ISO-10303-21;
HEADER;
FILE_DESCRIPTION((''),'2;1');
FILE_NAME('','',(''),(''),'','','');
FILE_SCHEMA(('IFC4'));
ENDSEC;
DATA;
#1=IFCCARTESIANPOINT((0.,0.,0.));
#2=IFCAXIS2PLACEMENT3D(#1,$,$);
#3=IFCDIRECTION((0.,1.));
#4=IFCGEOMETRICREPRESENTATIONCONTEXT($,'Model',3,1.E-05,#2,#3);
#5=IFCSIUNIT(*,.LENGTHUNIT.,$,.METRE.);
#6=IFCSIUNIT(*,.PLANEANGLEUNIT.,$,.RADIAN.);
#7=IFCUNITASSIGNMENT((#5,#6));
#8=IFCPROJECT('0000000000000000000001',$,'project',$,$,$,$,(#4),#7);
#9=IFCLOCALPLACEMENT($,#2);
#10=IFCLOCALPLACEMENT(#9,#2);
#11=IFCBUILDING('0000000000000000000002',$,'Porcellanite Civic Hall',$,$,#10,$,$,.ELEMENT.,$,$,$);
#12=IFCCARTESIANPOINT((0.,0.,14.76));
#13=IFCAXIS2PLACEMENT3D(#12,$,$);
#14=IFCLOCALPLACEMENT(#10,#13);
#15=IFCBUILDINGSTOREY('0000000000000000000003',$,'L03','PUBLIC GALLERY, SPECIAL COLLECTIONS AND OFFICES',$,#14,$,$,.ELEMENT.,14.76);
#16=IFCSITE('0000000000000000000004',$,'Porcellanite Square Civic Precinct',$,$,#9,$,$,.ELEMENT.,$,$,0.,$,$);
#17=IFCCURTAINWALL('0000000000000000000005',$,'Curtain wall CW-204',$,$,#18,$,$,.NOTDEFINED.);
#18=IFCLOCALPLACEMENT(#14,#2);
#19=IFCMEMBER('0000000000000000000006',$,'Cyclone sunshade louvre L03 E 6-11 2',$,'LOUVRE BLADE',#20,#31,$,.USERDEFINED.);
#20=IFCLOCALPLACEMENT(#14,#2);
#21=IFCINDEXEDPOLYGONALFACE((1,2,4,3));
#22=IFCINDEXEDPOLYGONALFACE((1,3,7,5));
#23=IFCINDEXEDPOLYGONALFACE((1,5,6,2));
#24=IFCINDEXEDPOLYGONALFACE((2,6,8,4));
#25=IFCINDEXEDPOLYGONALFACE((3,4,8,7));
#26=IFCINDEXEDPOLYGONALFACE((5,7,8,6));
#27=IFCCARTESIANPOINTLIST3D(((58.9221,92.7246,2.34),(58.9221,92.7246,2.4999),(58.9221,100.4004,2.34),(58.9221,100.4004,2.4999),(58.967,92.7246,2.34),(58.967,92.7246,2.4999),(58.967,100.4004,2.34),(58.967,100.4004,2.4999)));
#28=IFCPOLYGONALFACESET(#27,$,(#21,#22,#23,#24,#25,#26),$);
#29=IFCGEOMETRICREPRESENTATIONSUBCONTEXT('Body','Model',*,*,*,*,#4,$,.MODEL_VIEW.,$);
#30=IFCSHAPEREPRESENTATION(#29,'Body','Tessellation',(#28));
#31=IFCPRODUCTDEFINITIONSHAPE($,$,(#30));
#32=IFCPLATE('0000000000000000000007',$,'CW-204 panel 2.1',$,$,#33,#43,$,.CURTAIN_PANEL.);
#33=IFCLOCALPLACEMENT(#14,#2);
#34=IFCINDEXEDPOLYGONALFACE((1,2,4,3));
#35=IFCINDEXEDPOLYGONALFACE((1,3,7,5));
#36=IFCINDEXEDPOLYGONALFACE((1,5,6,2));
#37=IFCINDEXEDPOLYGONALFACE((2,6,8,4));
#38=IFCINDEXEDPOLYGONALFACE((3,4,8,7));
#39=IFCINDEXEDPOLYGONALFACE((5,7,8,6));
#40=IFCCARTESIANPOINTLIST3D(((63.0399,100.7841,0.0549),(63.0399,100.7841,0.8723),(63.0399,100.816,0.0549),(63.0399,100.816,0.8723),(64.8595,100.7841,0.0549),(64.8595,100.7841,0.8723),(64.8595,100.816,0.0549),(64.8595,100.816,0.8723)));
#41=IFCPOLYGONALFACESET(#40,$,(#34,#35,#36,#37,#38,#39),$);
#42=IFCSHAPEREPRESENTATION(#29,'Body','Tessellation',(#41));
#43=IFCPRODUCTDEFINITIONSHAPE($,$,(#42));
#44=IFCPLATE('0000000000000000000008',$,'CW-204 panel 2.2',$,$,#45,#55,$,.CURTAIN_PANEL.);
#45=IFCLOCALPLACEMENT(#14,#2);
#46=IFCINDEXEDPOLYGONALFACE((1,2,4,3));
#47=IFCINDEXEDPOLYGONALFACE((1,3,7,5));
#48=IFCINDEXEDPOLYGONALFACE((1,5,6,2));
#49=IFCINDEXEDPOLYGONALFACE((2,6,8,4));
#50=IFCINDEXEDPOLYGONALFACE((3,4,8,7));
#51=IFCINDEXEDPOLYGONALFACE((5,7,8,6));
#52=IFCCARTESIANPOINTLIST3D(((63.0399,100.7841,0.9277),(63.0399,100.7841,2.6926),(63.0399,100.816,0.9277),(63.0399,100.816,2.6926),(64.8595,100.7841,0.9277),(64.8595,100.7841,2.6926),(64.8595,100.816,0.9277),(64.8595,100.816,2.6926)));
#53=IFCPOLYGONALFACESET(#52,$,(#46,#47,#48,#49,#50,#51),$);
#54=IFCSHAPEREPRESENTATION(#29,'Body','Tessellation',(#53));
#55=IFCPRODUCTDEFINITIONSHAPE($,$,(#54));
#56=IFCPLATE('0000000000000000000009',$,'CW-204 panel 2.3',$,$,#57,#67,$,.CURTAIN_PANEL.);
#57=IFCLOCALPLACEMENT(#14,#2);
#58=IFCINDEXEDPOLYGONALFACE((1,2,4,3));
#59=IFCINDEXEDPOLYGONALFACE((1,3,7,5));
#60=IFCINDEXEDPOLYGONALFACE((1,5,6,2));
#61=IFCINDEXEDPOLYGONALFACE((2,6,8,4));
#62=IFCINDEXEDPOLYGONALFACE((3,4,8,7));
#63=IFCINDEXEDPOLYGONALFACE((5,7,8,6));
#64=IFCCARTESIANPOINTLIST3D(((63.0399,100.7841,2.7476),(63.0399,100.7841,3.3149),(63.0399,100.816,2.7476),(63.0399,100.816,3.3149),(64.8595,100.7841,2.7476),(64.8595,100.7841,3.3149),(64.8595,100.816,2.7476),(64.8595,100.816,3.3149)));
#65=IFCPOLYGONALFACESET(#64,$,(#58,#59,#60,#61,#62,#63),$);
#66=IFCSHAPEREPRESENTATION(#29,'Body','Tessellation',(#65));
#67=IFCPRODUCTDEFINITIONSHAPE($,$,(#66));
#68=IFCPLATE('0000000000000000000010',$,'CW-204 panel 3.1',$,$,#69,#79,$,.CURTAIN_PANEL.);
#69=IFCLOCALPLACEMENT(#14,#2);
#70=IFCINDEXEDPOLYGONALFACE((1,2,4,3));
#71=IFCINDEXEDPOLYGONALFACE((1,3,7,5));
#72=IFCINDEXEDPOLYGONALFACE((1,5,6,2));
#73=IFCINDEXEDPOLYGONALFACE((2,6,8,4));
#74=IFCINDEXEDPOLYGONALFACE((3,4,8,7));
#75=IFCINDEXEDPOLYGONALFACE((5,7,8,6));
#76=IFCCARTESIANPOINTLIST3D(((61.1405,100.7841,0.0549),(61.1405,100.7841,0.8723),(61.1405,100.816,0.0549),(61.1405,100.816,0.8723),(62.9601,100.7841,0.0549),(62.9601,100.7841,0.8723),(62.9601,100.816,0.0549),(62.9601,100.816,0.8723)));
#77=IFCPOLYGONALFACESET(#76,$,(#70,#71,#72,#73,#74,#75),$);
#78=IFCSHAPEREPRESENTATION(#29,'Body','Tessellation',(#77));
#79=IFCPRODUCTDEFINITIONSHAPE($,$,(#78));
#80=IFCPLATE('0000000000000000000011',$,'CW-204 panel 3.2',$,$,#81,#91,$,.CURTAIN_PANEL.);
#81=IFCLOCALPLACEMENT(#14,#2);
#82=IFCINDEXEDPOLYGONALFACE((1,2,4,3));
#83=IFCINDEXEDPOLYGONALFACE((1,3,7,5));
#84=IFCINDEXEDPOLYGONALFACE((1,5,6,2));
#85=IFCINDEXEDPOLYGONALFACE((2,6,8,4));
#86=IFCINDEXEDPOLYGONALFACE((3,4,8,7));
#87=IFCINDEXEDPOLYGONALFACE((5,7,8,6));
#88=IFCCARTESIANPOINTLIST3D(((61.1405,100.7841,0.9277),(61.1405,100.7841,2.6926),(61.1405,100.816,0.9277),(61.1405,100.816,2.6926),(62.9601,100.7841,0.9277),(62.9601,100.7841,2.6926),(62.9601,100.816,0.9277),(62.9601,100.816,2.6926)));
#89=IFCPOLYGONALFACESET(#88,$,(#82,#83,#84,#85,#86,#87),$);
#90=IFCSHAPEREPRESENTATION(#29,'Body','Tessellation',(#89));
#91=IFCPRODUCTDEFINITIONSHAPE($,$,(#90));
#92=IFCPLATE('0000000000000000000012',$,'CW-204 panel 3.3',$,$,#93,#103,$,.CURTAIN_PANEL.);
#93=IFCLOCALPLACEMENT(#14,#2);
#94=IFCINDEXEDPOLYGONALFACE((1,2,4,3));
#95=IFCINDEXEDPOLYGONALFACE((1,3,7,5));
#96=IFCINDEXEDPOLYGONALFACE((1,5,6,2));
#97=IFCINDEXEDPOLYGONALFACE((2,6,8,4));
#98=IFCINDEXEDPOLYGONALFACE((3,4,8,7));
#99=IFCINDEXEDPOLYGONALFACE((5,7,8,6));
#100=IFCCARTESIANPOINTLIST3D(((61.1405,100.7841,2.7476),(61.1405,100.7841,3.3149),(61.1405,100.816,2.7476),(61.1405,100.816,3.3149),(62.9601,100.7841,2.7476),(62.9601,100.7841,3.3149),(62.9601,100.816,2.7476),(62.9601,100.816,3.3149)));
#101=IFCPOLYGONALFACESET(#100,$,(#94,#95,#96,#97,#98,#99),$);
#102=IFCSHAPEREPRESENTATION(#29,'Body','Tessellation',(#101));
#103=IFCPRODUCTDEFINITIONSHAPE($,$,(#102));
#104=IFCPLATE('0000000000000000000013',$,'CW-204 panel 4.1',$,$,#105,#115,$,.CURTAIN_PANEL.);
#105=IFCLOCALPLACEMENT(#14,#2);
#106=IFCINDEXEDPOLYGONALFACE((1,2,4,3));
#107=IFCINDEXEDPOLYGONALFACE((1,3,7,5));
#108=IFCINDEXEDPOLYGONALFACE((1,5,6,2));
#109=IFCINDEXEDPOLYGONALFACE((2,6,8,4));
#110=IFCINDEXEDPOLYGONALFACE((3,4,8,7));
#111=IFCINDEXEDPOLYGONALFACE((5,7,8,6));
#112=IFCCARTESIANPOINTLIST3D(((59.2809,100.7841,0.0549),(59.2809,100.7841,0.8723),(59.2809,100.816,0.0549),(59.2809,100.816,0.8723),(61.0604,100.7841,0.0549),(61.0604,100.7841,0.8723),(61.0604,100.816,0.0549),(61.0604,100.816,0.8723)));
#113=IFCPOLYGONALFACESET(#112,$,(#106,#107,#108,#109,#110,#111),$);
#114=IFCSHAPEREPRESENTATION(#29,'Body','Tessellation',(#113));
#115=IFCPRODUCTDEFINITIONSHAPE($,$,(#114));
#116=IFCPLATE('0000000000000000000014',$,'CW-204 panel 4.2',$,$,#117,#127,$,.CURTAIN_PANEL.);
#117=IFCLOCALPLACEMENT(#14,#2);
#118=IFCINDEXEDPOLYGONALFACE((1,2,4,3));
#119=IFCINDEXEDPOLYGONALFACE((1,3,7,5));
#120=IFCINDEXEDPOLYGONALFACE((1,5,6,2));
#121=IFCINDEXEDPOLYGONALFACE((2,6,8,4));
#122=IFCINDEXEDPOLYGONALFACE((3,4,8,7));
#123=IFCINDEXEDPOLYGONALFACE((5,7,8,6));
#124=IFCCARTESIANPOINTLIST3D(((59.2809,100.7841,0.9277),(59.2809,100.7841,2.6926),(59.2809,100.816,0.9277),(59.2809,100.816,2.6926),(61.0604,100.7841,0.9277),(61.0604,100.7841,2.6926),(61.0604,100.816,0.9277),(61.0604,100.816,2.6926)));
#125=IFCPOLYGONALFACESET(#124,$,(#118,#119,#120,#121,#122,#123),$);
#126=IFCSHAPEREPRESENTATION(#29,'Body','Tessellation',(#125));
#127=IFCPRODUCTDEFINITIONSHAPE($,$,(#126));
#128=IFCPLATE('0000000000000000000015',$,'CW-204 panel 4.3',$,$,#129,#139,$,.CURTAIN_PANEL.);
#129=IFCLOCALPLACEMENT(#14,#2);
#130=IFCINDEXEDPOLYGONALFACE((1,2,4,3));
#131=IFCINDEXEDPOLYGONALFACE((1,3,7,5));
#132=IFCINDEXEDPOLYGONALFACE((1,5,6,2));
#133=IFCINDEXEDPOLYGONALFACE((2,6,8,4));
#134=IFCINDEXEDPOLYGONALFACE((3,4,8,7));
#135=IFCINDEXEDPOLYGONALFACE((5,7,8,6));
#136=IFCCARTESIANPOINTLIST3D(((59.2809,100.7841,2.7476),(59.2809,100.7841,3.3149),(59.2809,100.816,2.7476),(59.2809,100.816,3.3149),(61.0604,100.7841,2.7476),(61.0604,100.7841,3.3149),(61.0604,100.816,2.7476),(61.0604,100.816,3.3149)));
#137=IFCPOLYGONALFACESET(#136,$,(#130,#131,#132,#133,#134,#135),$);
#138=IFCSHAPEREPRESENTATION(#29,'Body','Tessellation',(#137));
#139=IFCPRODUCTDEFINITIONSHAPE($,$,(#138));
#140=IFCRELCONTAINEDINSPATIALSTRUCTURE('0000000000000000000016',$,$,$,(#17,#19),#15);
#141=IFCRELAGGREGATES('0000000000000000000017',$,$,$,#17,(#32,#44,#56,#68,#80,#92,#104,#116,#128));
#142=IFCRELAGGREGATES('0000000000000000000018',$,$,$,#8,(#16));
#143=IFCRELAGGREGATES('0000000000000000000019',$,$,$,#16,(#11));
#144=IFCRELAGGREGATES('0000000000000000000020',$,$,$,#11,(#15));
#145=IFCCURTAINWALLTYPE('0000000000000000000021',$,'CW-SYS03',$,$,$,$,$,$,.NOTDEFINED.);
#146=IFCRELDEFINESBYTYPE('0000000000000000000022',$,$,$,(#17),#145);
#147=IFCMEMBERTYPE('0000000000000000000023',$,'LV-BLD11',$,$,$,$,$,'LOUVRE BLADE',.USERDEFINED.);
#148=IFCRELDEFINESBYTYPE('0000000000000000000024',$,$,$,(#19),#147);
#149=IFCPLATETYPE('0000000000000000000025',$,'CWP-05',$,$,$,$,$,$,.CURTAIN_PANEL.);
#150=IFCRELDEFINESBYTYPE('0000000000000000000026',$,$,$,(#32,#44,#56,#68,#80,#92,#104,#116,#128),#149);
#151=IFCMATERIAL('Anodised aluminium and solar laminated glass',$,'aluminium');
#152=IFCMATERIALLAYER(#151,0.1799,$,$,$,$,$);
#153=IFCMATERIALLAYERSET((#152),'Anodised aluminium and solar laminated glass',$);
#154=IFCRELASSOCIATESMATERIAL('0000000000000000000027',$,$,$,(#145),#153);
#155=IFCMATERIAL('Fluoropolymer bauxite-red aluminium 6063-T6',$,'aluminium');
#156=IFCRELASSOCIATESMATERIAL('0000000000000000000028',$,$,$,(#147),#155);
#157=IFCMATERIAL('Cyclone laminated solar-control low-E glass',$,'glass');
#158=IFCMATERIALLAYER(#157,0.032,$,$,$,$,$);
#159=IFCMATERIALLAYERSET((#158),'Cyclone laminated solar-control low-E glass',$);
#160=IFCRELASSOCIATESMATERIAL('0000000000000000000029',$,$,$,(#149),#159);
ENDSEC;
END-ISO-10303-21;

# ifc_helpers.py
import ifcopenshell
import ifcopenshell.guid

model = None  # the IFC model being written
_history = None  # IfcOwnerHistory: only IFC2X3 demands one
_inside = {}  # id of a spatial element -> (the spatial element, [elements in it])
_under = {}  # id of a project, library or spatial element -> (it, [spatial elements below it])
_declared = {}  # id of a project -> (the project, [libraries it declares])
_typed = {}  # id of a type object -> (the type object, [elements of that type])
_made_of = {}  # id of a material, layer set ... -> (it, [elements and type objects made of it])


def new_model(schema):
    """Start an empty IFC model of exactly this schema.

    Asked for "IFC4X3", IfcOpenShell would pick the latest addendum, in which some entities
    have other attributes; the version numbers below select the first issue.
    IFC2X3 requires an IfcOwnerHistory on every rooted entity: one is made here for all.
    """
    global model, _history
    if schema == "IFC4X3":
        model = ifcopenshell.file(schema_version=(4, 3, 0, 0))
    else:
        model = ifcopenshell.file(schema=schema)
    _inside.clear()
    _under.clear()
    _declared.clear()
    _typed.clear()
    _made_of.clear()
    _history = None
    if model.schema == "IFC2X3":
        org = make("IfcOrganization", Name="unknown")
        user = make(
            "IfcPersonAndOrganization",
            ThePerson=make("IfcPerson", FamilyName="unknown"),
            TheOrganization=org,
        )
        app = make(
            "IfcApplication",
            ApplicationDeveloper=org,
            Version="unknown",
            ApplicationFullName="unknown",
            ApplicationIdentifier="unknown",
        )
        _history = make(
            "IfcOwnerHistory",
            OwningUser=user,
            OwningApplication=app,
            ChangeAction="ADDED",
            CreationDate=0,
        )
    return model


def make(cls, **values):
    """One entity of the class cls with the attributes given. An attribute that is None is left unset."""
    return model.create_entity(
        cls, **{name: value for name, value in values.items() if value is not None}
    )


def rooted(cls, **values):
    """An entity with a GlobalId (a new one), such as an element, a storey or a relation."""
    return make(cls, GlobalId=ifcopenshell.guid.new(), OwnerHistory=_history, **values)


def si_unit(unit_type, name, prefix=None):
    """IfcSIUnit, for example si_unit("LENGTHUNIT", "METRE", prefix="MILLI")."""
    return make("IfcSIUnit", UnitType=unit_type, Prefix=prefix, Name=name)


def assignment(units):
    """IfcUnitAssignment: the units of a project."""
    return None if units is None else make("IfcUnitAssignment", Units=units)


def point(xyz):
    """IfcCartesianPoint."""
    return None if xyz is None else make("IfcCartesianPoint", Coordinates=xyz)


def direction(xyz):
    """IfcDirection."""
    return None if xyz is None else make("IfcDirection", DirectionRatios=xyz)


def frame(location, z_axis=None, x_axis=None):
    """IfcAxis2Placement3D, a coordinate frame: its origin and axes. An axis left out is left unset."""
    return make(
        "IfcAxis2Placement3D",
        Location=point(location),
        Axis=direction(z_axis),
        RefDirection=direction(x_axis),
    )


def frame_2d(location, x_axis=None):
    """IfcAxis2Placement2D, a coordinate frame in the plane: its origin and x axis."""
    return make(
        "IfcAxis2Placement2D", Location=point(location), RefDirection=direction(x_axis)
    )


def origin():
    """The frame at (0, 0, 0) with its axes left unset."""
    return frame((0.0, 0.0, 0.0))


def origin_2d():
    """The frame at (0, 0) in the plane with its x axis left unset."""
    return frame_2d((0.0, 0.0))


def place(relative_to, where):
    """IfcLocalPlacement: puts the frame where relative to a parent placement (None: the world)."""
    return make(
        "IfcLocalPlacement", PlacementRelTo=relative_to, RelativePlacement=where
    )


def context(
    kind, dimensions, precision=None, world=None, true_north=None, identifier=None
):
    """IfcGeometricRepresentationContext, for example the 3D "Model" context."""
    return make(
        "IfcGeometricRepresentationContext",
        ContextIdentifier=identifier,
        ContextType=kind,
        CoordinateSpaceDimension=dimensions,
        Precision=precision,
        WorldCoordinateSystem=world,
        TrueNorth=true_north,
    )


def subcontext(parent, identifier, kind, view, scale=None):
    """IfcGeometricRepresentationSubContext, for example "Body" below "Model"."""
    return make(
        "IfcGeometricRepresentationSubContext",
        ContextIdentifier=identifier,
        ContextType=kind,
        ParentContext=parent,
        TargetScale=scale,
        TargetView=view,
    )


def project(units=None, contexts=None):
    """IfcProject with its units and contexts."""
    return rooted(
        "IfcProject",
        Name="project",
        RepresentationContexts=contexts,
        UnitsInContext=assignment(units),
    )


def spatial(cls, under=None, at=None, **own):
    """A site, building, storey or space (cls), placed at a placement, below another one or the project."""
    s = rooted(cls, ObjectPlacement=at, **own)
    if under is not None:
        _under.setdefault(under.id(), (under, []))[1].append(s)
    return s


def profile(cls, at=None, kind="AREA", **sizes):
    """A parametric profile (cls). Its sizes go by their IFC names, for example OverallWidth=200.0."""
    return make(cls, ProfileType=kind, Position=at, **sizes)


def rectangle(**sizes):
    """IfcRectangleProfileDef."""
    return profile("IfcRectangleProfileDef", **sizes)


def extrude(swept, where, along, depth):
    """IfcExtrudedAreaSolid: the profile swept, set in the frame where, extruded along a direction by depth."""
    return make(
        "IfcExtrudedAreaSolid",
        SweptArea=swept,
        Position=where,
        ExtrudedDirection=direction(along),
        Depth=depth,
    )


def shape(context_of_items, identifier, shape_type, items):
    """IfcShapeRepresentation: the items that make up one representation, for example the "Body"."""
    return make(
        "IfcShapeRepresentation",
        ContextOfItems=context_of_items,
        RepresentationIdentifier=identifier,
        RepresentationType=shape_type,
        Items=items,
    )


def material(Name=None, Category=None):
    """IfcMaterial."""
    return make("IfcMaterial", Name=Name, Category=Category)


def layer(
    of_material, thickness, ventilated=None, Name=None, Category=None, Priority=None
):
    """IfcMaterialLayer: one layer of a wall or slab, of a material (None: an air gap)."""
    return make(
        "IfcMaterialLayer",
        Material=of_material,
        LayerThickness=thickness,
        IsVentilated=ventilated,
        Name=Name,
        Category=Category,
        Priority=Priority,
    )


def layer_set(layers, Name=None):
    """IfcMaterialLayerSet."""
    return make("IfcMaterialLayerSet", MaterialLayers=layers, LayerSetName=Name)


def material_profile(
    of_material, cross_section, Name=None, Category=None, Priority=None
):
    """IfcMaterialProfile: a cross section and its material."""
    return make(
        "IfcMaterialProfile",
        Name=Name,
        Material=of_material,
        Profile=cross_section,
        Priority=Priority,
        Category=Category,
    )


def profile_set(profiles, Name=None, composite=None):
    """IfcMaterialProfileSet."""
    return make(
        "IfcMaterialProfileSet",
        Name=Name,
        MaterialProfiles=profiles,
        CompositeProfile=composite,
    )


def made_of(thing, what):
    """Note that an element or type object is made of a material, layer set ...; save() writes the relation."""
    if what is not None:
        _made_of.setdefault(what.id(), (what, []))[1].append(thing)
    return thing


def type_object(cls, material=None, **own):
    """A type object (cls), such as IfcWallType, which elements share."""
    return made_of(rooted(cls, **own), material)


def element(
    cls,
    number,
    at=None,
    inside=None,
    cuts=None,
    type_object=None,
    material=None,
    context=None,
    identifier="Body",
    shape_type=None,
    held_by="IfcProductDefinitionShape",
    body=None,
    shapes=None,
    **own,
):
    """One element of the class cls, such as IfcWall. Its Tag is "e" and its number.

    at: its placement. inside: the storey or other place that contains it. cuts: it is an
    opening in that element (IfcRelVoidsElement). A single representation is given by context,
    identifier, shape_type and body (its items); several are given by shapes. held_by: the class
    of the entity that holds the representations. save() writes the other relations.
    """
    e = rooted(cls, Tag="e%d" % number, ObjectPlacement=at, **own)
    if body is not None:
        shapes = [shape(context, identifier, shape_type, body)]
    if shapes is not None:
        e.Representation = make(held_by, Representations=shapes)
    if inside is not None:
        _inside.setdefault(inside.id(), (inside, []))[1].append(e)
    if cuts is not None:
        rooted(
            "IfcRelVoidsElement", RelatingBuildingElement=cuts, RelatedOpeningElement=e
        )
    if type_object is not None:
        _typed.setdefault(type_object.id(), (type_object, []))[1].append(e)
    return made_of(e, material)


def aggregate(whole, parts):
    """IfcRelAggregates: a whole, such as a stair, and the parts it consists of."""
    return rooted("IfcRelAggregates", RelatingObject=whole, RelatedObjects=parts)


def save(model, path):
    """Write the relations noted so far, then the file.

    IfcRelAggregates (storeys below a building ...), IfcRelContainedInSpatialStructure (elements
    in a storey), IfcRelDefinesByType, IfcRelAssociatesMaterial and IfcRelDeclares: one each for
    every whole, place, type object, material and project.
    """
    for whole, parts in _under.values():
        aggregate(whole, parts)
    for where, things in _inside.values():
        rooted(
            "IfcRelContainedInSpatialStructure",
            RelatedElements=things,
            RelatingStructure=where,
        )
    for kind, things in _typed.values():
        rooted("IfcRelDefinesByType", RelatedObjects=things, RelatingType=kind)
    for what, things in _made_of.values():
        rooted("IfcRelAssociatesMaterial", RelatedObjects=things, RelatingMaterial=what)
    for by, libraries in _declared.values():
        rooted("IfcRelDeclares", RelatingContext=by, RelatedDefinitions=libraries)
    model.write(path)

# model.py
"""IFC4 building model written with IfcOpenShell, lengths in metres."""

from ifc_helpers import new_model, si_unit, direction, frame, origin, origin_2d, place, context, subcontext, project, spatial, rectangle, extrude, material, layer, layer_set, material_profile, profile_set, type_object, element, aggregate, save


model = new_model("IFC4")

# Units and contexts
model_context = context("Model", 3, precision=1e-05, world=origin(), true_north=direction((0.0, 1.0)))
body_context = subcontext(model_context, "Body", "Model", "MODEL_VIEW")
ifc_project = project(units=[si_unit("LENGTHUNIT", "METRE"), si_unit("PLANEANGLEUNIT", "RADIAN")], contexts=[model_context])

# Site, building, storey
site_placement = place(None, origin())
site = spatial("IfcSite", under=ifc_project, at=site_placement, Name="Porcellanite Square Civic Precinct", CompositionType="ELEMENT", RefElevation=0.0)
building_placement = place(site_placement, origin())
building = spatial("IfcBuilding", under=site, at=building_placement, Name="Porcellanite Civic Hall", CompositionType="ELEMENT")
storey_placement = place(building_placement, frame((0.0, 0.0, 14.76)))
storey = spatial("IfcBuildingStorey", under=building, at=storey_placement, Name="L03", Description="PUBLIC GALLERY, SPECIAL COLLECTIONS AND OFFICES", CompositionType="ELEMENT", Elevation=14.76)

# Curtain wall
ifc_material_1 = material(Name="Anodised aluminium and solar laminated glass", Category="aluminium")
ifc_layer_1 = layer(ifc_material_1, 0.1799)
ifc_layer_set_1 = layer_set([ifc_layer_1], Name="Anodised aluminium and solar laminated glass")
curtain_wall_type = type_object("IfcCurtainWallType", Name="CW-SYS03", PredefinedType="NOTDEFINED", material=ifc_layer_set_1)
curtain_wall_placement = place(storey_placement, origin())
curtain_wall = element("IfcCurtainWall", 1, at=curtain_wall_placement, inside=storey, type_object=curtain_wall_type, Name="Curtain wall CW-204", PredefinedType="NOTDEFINED")

# Member
ifc_material_2 = material(Name="Fluoropolymer bauxite-red aluminium 6063-T6", Category="aluminium")
ifc_material_profile_1 = material_profile(ifc_material_2, rectangle(XDim=0.0449, YDim=0.1599, at=origin_2d()), Name="AL-45x160")
ifc_profile_set_1 = profile_set([ifc_material_profile_1], Name="Fluoropolymer bauxite-red aluminium 6063-T6")
member_type_1 = type_object("IfcMemberType", Name="LV-BLD11", ElementType="LOUVRE BLADE", PredefinedType="USERDEFINED", material=ifc_profile_set_1)
member_1_placement = place(storey_placement, frame((58.9446, 100.4004, 2.4199), z_axis=(0.0, -1.0, 0.0), x_axis=(1.0, 0.0, 0.0)))
element("IfcMember", 2, at=member_1_placement, inside=storey, type_object=member_type_1, Name="Cyclone sunshade louvre L03 E 6-11 2", ObjectType="LOUVRE BLADE", PredefinedType="USERDEFINED", context=body_context, shape_type="SweptSolid", body=[
    extrude(rectangle(XDim=0.0449, YDim=0.1599, at=origin_2d()), origin(), (0.0, 0.0, 1.0), 7.6758),
])

# Plates
ifc_material_3 = material(Name="Cyclone laminated solar-control low-E glass", Category="glass")
ifc_layer_2 = layer(ifc_material_3, 0.032)
ifc_layer_set_2 = layer_set([ifc_layer_2], Name="Cyclone laminated solar-control low-E glass")
plate_type = type_object("IfcPlateType", Name="CWP-05", PredefinedType="CURTAIN_PANEL", material=ifc_layer_set_2)
plate_1_placement = place(storey_placement, frame((63.9497, 100.8, 0.0549), z_axis=(0.0, 0.0, 1.0), x_axis=(-1.0, 0.0, 0.0)))
plate_1 = element("IfcPlate", 3, at=plate_1_placement, type_object=plate_type, Name="CW-204 panel 2.1", PredefinedType="CURTAIN_PANEL", context=body_context, shape_type="SweptSolid", body=[
    extrude(rectangle(XDim=1.8196, YDim=0.032, at=origin_2d()), origin(), (0.0, 0.0, 1.0), 0.8174),
])
plate_2_placement = place(storey_placement, frame((63.9497, 100.8, 0.9277), z_axis=(0.0, 0.0, 1.0), x_axis=(-1.0, 0.0, 0.0)))
plate_2 = element("IfcPlate", 4, at=plate_2_placement, type_object=plate_type, Name="CW-204 panel 2.2", PredefinedType="CURTAIN_PANEL", context=body_context, shape_type="SweptSolid", body=[
    extrude(rectangle(XDim=1.8196, YDim=0.032, at=origin_2d()), origin(), (0.0, 0.0, 1.0), 1.7649),
])
plate_3_placement = place(storey_placement, frame((63.9497, 100.8, 2.7476), z_axis=(0.0, 0.0, 1.0), x_axis=(-1.0, 0.0, 0.0)))
plate_3 = element("IfcPlate", 5, at=plate_3_placement, type_object=plate_type, Name="CW-204 panel 2.3", PredefinedType="CURTAIN_PANEL", context=body_context, shape_type="SweptSolid", body=[
    extrude(rectangle(XDim=1.8196, YDim=0.032, at=origin_2d()), origin(), (0.0, 0.0, 1.0), 0.5674),
])
plate_4_placement = place(storey_placement, frame((62.0503, 100.8, 0.0549), z_axis=(0.0, 0.0, 1.0), x_axis=(-1.0, 0.0, 0.0)))
plate_4 = element("IfcPlate", 6, at=plate_4_placement, type_object=plate_type, Name="CW-204 panel 3.1", PredefinedType="CURTAIN_PANEL", context=body_context, shape_type="SweptSolid", body=[
    extrude(rectangle(XDim=1.8196, YDim=0.032, at=origin_2d()), origin(), (0.0, 0.0, 1.0), 0.8174),
])
plate_5_placement = place(storey_placement, frame((62.0503, 100.8, 0.9277), z_axis=(0.0, 0.0, 1.0), x_axis=(-1.0, 0.0, 0.0)))
plate_5 = element("IfcPlate", 7, at=plate_5_placement, type_object=plate_type, Name="CW-204 panel 3.2", PredefinedType="CURTAIN_PANEL", context=body_context, shape_type="SweptSolid", body=[
    extrude(rectangle(XDim=1.8196, YDim=0.032, at=origin_2d()), origin(), (0.0, 0.0, 1.0), 1.7649),
])
plate_6_placement = place(storey_placement, frame((62.0503, 100.8, 2.7476), z_axis=(0.0, 0.0, 1.0), x_axis=(-1.0, 0.0, 0.0)))
plate_6 = element("IfcPlate", 8, at=plate_6_placement, type_object=plate_type, Name="CW-204 panel 3.3", PredefinedType="CURTAIN_PANEL", context=body_context, shape_type="SweptSolid", body=[
    extrude(rectangle(XDim=1.8196, YDim=0.032, at=origin_2d()), origin(), (0.0, 0.0, 1.0), 0.5674),
])
plate_7_placement = place(storey_placement, frame((60.1707, 100.8, 0.0549), z_axis=(0.0, 0.0, 1.0), x_axis=(-1.0, 0.0, 0.0)))
plate_7 = element("IfcPlate", 9, at=plate_7_placement, type_object=plate_type, Name="CW-204 panel 4.1", PredefinedType="CURTAIN_PANEL", context=body_context, shape_type="SweptSolid", body=[
    extrude(rectangle(XDim=1.7795, YDim=0.032, at=origin_2d()), origin(), (0.0, 0.0, 1.0), 0.8174),
])
plate_8_placement = place(storey_placement, frame((60.1707, 100.8, 0.9277), z_axis=(0.0, 0.0, 1.0), x_axis=(-1.0, 0.0, 0.0)))
plate_8 = element("IfcPlate", 10, at=plate_8_placement, type_object=plate_type, Name="CW-204 panel 4.2", PredefinedType="CURTAIN_PANEL", context=body_context, shape_type="SweptSolid", body=[
    extrude(rectangle(XDim=1.7795, YDim=0.032, at=origin_2d()), origin(), (0.0, 0.0, 1.0), 1.7649),
])
plate_9_placement = place(storey_placement, frame((60.1707, 100.8, 2.7476), z_axis=(0.0, 0.0, 1.0), x_axis=(-1.0, 0.0, 0.0)))
plate_9 = element("IfcPlate", 11, at=plate_9_placement, type_object=plate_type, Name="CW-204 panel 4.3", PredefinedType="CURTAIN_PANEL", context=body_context, shape_type="SweptSolid", body=[
    extrude(rectangle(XDim=1.7795, YDim=0.032, at=origin_2d()), origin(), (0.0, 0.0, 1.0), 0.5674),
])
aggregate(curtain_wall, [plate_1, plate_2, plate_3, plate_4, plate_5, plate_6, plate_7, plate_8, plate_9])

save(model, "model.ifc")
